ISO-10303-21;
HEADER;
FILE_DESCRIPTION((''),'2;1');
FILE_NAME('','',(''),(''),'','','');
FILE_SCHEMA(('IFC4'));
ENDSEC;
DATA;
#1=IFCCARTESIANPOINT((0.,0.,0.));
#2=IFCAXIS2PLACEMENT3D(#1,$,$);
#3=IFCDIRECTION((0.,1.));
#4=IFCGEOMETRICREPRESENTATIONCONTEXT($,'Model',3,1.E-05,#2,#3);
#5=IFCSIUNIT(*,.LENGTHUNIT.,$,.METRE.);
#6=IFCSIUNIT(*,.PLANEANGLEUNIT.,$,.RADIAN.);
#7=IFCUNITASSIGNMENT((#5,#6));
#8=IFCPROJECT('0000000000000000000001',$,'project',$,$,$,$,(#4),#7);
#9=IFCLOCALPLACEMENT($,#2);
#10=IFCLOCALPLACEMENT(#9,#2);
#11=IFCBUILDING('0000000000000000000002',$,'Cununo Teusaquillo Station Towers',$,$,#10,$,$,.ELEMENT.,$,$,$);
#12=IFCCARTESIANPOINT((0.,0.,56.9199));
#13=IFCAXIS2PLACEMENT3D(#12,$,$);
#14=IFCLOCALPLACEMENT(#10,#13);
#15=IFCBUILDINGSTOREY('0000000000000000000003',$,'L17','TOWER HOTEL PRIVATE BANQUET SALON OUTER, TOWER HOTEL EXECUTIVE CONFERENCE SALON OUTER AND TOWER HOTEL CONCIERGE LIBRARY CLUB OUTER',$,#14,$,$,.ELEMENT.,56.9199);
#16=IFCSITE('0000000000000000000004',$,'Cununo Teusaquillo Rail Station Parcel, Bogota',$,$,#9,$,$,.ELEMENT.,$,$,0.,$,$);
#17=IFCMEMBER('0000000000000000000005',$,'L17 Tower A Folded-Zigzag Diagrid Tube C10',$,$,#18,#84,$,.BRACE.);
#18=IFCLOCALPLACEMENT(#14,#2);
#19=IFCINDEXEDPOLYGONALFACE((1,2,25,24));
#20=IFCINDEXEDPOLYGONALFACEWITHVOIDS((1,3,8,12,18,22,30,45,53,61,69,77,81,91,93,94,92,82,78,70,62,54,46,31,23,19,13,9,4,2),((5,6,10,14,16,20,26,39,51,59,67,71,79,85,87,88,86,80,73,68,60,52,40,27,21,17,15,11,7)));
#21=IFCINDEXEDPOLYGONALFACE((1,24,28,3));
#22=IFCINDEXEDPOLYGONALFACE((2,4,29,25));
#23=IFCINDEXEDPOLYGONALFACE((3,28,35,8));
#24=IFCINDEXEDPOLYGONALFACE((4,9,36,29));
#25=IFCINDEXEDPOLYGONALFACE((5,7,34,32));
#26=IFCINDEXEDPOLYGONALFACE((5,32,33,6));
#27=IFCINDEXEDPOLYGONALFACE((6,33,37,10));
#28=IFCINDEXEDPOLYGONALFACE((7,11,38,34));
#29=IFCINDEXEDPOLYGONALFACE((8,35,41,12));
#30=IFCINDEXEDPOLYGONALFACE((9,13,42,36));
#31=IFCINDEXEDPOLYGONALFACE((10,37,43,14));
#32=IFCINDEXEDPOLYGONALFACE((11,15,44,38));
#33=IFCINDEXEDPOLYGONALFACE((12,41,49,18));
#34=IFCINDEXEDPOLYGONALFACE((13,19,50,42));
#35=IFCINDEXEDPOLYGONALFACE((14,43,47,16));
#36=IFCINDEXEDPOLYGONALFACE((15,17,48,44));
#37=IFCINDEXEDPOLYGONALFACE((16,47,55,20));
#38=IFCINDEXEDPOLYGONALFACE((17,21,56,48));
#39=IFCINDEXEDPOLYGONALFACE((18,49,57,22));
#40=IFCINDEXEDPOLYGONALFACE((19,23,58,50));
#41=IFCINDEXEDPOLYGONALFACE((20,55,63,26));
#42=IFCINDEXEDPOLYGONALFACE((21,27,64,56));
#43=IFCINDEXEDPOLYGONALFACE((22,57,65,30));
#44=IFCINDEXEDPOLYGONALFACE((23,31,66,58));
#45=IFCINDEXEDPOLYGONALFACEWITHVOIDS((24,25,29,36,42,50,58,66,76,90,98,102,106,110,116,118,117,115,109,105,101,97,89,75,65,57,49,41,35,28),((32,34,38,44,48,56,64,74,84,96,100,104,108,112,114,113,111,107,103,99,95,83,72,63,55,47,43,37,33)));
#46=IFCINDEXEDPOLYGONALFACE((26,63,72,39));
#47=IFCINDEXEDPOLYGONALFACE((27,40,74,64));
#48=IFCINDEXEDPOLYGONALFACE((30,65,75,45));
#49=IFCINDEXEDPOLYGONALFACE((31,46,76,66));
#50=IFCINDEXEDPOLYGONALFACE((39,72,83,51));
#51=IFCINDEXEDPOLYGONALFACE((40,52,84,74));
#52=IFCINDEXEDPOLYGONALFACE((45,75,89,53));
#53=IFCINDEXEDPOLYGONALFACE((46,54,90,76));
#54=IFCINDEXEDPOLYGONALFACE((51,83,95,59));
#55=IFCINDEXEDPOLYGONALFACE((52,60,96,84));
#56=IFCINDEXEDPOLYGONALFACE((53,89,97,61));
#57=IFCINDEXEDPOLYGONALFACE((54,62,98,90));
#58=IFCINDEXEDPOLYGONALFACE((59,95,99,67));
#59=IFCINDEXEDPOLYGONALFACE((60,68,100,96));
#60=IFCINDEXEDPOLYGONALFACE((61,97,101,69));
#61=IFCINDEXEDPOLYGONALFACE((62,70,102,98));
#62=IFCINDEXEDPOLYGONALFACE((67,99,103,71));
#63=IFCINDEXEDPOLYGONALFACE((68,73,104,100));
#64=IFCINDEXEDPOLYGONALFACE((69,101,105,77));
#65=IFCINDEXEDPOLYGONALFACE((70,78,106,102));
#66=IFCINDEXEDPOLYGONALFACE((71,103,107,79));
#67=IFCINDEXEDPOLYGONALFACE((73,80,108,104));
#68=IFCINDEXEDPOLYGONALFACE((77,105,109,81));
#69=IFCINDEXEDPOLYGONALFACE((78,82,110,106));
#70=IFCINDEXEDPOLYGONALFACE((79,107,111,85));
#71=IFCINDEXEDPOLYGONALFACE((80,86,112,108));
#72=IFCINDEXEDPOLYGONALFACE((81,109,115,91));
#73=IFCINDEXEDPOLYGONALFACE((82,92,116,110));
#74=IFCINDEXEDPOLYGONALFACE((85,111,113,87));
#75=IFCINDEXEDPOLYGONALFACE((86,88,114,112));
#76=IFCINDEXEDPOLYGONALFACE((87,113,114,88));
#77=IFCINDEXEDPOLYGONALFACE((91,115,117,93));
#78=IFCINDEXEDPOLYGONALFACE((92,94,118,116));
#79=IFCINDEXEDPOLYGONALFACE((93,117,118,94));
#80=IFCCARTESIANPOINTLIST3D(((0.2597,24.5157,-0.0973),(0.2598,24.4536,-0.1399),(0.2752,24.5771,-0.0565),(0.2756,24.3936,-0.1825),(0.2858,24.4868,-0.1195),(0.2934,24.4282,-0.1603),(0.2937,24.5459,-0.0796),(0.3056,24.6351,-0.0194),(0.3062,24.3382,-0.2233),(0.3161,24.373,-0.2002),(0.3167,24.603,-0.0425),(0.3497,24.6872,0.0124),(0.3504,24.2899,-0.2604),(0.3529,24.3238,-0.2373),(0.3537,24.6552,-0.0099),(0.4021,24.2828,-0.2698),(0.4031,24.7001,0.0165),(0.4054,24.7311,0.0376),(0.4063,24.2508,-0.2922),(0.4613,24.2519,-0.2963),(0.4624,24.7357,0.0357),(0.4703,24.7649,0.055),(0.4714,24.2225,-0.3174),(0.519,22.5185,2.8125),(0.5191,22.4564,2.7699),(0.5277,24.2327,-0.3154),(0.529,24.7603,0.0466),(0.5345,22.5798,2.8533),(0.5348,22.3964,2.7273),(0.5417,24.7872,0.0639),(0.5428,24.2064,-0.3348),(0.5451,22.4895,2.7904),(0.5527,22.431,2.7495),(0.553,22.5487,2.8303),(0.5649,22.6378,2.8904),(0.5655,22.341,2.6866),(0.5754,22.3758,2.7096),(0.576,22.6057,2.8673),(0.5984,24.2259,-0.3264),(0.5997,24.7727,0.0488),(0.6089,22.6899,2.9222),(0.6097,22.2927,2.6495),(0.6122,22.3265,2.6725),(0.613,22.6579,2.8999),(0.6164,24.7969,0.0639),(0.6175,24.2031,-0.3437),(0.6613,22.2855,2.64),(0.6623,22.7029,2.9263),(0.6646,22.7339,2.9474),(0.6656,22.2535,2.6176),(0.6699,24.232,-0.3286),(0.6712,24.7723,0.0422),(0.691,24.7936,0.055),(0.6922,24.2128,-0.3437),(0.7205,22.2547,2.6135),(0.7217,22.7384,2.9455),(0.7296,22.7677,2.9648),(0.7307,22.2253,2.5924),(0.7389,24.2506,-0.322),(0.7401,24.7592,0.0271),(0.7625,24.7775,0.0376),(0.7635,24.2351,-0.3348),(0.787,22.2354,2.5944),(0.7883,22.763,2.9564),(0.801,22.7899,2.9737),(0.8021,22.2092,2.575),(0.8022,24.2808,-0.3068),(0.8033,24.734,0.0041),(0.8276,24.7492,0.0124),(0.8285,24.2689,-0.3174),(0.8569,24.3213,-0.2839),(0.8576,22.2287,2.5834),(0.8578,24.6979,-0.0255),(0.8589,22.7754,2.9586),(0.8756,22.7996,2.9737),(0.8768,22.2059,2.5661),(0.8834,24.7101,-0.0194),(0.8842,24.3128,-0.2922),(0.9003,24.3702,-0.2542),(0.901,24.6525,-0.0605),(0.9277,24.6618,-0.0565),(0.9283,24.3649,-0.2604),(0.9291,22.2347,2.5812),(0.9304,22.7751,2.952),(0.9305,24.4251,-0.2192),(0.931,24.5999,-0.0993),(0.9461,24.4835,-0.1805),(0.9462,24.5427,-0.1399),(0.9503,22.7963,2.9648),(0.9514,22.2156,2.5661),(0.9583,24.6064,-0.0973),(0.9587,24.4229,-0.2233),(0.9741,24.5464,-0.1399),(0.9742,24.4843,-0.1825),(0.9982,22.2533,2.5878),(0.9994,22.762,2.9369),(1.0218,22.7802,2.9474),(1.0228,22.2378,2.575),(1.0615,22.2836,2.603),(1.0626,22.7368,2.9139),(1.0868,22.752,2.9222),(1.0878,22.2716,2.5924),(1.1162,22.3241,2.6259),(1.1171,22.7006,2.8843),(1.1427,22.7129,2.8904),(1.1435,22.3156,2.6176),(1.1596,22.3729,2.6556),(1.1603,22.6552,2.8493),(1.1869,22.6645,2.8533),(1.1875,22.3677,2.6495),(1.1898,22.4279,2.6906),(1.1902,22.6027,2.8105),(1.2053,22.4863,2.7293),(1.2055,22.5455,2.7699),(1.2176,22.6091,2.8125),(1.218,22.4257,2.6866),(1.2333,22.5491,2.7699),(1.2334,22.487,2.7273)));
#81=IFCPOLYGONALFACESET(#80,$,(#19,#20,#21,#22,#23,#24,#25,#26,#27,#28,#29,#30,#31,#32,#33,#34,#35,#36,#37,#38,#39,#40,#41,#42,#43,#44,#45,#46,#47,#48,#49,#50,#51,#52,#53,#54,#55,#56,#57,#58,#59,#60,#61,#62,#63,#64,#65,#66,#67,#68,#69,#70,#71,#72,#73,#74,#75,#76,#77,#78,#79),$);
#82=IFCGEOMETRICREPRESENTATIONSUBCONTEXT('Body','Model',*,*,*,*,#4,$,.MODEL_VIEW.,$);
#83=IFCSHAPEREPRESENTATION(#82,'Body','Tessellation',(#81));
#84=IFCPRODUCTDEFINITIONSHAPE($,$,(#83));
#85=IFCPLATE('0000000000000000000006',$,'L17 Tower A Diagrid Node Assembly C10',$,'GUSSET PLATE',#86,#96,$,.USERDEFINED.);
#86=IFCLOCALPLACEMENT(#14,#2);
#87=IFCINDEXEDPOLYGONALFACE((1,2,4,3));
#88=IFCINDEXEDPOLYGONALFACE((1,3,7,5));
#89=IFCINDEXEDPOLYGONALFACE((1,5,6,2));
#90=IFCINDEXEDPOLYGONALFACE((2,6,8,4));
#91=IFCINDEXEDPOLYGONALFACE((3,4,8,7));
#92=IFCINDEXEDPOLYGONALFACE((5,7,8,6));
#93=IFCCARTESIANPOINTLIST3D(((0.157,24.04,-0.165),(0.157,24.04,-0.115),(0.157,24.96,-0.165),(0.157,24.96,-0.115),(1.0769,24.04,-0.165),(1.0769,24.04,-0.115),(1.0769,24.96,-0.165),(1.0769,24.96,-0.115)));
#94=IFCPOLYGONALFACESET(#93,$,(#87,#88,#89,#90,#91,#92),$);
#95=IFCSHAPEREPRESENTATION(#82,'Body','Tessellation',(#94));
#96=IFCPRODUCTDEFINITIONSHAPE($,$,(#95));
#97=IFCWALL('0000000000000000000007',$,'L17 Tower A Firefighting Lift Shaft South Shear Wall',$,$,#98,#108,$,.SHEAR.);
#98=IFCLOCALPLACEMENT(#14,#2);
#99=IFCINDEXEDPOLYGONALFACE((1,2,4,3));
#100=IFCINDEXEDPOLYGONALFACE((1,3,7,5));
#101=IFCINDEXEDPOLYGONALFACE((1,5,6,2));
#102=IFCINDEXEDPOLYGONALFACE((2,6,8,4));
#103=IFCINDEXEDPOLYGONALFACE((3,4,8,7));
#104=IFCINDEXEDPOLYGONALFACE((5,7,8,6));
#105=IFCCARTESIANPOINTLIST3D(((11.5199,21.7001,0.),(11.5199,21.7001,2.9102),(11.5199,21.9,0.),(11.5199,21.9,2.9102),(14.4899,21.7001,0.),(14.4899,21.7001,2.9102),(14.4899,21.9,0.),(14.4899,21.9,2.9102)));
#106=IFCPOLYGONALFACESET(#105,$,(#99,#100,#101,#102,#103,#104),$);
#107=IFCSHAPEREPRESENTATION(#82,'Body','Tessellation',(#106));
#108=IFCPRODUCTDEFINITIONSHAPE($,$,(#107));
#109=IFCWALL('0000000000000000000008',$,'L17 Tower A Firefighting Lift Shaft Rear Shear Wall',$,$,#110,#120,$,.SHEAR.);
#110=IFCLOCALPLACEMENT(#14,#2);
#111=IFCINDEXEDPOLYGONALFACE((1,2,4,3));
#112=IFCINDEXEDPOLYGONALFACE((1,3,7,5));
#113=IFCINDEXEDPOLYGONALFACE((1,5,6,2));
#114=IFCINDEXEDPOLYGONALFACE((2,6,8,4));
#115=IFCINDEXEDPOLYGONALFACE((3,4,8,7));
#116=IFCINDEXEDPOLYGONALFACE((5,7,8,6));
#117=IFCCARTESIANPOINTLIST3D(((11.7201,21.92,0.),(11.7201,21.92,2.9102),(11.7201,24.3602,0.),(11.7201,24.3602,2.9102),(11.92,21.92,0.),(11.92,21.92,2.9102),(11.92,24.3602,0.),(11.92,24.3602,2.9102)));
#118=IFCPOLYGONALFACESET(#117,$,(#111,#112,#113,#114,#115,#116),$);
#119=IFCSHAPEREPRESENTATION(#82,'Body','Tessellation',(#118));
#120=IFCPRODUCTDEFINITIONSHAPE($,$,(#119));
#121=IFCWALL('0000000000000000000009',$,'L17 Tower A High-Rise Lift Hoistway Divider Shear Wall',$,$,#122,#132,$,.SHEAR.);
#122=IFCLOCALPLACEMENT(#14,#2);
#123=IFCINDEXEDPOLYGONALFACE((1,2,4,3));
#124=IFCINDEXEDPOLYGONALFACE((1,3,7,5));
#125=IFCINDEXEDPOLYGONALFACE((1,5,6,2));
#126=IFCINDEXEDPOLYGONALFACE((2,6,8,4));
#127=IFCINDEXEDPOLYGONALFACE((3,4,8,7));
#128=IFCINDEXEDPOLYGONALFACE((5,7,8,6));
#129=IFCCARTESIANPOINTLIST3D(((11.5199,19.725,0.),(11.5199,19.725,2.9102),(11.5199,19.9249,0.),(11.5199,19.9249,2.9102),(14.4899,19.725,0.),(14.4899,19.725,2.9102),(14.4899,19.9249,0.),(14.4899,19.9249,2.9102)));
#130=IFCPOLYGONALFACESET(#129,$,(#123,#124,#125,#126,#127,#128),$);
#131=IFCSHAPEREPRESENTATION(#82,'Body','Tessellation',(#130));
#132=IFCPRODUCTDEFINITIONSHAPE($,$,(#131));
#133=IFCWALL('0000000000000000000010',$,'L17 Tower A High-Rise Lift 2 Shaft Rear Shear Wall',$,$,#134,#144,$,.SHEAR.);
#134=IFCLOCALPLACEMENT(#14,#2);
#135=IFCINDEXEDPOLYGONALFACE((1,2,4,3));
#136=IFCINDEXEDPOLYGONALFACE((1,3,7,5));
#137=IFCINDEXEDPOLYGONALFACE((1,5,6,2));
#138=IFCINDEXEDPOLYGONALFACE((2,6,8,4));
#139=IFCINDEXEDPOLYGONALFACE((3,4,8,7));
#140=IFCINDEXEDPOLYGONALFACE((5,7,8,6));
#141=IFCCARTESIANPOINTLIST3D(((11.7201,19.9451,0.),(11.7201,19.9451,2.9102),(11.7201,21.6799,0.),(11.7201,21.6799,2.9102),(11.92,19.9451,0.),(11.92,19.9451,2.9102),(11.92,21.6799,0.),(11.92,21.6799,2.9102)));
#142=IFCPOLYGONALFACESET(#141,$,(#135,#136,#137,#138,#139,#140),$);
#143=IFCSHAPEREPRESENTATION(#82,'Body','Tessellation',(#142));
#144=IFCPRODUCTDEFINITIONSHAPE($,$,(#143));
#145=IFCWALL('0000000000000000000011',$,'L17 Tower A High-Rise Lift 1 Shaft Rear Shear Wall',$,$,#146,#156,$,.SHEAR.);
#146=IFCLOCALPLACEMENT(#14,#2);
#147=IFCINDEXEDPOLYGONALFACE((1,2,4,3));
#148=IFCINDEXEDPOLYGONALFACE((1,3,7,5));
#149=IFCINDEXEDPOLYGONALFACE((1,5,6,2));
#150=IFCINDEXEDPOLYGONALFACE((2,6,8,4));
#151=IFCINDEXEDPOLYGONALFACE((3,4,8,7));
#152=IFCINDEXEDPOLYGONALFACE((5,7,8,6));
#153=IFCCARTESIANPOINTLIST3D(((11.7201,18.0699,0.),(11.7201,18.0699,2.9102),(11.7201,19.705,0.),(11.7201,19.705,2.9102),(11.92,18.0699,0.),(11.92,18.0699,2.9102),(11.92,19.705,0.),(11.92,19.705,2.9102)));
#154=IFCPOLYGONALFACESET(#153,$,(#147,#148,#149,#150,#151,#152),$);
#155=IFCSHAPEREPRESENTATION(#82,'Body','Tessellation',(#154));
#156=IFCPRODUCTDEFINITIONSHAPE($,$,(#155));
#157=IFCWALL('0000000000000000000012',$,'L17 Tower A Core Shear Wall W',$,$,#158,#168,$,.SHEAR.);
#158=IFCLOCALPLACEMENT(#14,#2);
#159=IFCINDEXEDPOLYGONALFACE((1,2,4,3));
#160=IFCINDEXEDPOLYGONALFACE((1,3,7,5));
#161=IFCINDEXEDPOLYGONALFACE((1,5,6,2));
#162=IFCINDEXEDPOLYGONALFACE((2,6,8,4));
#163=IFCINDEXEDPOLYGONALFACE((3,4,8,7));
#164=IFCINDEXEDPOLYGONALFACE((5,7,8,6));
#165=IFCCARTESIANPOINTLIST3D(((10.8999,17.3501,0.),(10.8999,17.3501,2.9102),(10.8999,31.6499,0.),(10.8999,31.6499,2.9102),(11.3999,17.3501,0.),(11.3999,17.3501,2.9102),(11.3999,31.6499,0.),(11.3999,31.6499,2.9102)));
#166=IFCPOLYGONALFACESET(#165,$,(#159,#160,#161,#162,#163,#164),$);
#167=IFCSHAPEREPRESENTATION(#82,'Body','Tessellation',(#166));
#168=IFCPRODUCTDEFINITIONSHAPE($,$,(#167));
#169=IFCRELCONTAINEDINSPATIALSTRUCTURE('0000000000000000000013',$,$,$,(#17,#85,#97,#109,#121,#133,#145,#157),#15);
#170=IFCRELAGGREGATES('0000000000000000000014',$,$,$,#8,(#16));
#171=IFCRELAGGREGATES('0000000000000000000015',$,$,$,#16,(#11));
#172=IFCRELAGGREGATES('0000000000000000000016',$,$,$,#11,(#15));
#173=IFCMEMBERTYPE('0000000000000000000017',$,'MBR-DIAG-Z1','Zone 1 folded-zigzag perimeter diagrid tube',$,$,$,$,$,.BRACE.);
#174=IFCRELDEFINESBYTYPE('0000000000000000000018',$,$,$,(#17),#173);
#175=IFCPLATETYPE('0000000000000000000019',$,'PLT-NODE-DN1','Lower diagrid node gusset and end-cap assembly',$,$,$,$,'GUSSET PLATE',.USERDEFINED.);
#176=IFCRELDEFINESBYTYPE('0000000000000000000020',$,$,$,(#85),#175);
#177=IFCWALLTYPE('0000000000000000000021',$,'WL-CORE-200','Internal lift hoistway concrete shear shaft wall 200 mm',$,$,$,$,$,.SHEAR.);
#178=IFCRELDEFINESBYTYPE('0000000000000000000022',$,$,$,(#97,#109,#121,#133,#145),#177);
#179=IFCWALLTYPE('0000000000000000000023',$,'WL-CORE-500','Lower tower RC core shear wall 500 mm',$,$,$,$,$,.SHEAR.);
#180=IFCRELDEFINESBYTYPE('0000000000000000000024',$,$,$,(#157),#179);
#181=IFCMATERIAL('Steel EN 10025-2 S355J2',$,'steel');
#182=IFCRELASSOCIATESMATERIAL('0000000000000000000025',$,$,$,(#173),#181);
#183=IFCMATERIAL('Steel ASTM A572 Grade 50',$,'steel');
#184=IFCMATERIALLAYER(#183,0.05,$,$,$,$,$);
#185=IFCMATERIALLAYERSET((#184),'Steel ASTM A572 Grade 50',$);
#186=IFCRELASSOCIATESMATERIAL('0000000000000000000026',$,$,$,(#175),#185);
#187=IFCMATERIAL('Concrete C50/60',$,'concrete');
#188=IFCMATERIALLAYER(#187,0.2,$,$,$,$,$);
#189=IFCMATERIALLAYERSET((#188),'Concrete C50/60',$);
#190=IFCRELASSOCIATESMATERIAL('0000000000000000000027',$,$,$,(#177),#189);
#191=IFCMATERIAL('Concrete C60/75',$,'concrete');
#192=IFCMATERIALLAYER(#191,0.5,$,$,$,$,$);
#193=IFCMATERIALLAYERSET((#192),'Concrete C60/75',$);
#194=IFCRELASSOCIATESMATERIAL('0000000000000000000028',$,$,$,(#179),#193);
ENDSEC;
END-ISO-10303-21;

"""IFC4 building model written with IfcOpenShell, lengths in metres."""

from ifc_helpers import new_model, si_unit, direction, frame, frame_2d, origin, origin_2d, place, context, subcontext, project, spatial, rectangle, hollow_circle, extrude, source, transform, mapped, material, layer, layer_set, material_profile, profile_set, type_object, element, save


model = new_model("IFC4")

# Units and contexts
model_context = context("Model", 3, precision=1e-05, world=origin(), true_north=direction((0.0, 1.0)))
body_context = subcontext(model_context, "Body", "Model", "MODEL_VIEW")
ifc_project = project(units=[si_unit("LENGTHUNIT", "METRE"), si_unit("PLANEANGLEUNIT", "RADIAN")], contexts=[model_context])

# Site, building, storey
site_placement = place(None, origin())
site = spatial("IfcSite", under=ifc_project, at=site_placement, Name="Cununo Teusaquillo Rail Station Parcel, Bogota", CompositionType="ELEMENT", RefElevation=0.0)
building_placement = place(site_placement, origin())
building = spatial("IfcBuilding", under=site, at=building_placement, Name="Cununo Teusaquillo Station Towers", CompositionType="ELEMENT")
storey_placement = place(building_placement, frame((0.0, 0.0, 56.9199)))
storey = spatial("IfcBuildingStorey", under=building, at=storey_placement, Name="L17", Description="TOWER HOTEL PRIVATE BANQUET SALON OUTER, TOWER HOTEL EXECUTIVE CONFERENCE SALON OUTER AND TOWER HOTEL CONCIERGE LIBRARY CLUB OUTER", CompositionType="ELEMENT", Elevation=56.9199)

# Member
ifc_material_1 = material(Name="Steel EN 10025-2 S355J2", Category="steel")
ifc_material_profile_1 = material_profile(ifc_material_1, hollow_circle(Radius=0.3601, WallThickness=0.0281, at=origin_2d()), Name="CHS 720x28")
ifc_profile_set_1 = profile_set([ifc_material_profile_1], Name="Steel EN 10025-2 S355J2")
member_type = type_object("IfcMemberType", Name="MBR-DIAG-Z1", Description="Zone 1 folded-zigzag perimeter diagrid tube", PredefinedType="BRACE", material=ifc_profile_set_1)
member_placement = place(storey_placement, frame((0.6169, 24.5, -0.1399), z_axis=(0.073264, -0.564383, 0.822256), x_axis=(0.991679, 0.128733, 0.0)))
element("IfcMember", 1, at=member_placement, inside=storey, type_object=member_type, Name="L17 Tower A Folded-Zigzag Diagrid Tube C10", PredefinedType="BRACE", context=body_context, shape_type="SweptSolid", body=[
    extrude(hollow_circle(Radius=0.3601, WallThickness=0.0281, at=origin_2d()), origin(), (0.0, 0.0, 1.0), 3.5388),
])

# Plate
ifc_material_2 = material(Name="Steel ASTM A572 Grade 50", Category="steel")
ifc_layer_1 = layer(ifc_material_2, 0.05)
ifc_layer_set_1 = layer_set([ifc_layer_1], Name="Steel ASTM A572 Grade 50")
plate_type = type_object("IfcPlateType", Name="PLT-NODE-DN1", Description="Lower diagrid node gusset and end-cap assembly", ElementType="GUSSET PLATE", PredefinedType="USERDEFINED", material=ifc_layer_set_1)
shared_shape_1 = source(origin(), body_context, "Body", "SweptSolid", [
    extrude(rectangle(XDim=0.9199, YDim=0.9199, at=origin_2d()), origin(), (0.0, 0.0, 1.0), 0.05),
])
plate_placement = place(storey_placement, frame((0.6169, 24.5, -0.165), z_axis=(0.0, 0.0, 1.0), x_axis=(1.0, 0.0, 0.0)))
element("IfcPlate", 2, at=plate_placement, inside=storey, type_object=plate_type, Name="L17 Tower A Diagrid Node Assembly C10", ObjectType="GUSSET PLATE", PredefinedType="USERDEFINED", context=body_context, shape_type="MappedRepresentation", body=[
    mapped(shared_shape_1, transform((0.0, 0.0, 0.0), x_axis=(1.0, 0.0, 0.0), y_axis=(0.0, 1.0, 0.0), z_axis=(0.0, 0.0, 1.0), scale=1.0)),
])

# Walls
ifc_material_3 = material(Name="Concrete C50/60", Category="concrete")
ifc_layer_2 = layer(ifc_material_3, 0.2)
ifc_layer_set_2 = layer_set([ifc_layer_2], Name="Concrete C50/60")
wall_type_1 = type_object("IfcWallType", Name="WL-CORE-200", Description="Internal lift hoistway concrete shear shaft wall 200 mm", PredefinedType="SHEAR", material=ifc_layer_set_2)
wall_1_placement = place(storey_placement, frame((11.52, 21.8, 0.0), z_axis=(0.0, 0.0, 1.0), x_axis=(1.0, 0.0, 0.0)))
element("IfcWall", 3, at=wall_1_placement, inside=storey, type_object=wall_type_1, Name="L17 Tower A Firefighting Lift Shaft South Shear Wall", PredefinedType="SHEAR", context=body_context, shape_type="SweptSolid", body=[
    extrude(rectangle(XDim=2.97, YDim=0.2, at=frame_2d((1.4849, 0.0))), origin(), (0.0, 0.0, 1.0), 2.9102),
])
wall_2_placement = place(storey_placement, frame((11.8201, 21.9199, 0.0), z_axis=(0.0, 0.0, 1.0), x_axis=(0.0, 1.0, 0.0)))
element("IfcWall", 4, at=wall_2_placement, inside=storey, type_object=wall_type_1, Name="L17 Tower A Firefighting Lift Shaft Rear Shear Wall", PredefinedType="SHEAR", context=body_context, shape_type="SweptSolid", body=[
    extrude(rectangle(XDim=2.4402, YDim=0.2, at=frame_2d((1.2202, 0.0))), origin(), (0.0, 0.0, 1.0), 2.9102),
])
wall_3_placement = place(storey_placement, frame((11.52, 19.825, 0.0), z_axis=(0.0, 0.0, 1.0), x_axis=(1.0, 0.0, 0.0)))
element("IfcWall", 5, at=wall_3_placement, inside=storey, type_object=wall_type_1, Name="L17 Tower A High-Rise Lift Hoistway Divider Shear Wall", PredefinedType="SHEAR", context=body_context, shape_type="SweptSolid", body=[
    extrude(rectangle(XDim=2.97, YDim=0.2, at=frame_2d((1.4849, 0.0))), origin(), (0.0, 0.0, 1.0), 2.9102),
])
wall_4_placement = place(storey_placement, frame((11.8201, 19.9451, 0.0), z_axis=(0.0, 0.0, 1.0), x_axis=(0.0, 1.0, 0.0)))
element("IfcWall", 6, at=wall_4_placement, inside=storey, type_object=wall_type_1, Name="L17 Tower A High-Rise Lift 2 Shaft Rear Shear Wall", PredefinedType="SHEAR", context=body_context, shape_type="SweptSolid", body=[
    extrude(rectangle(XDim=1.7349, YDim=0.2, at=frame_2d((0.8674, 0.0))), origin(), (0.0, 0.0, 1.0), 2.9102),
])
wall_5_placement = place(storey_placement, frame((11.8201, 18.0701, 0.0), z_axis=(0.0, 0.0, 1.0), x_axis=(0.0, 1.0, 0.0)))
element("IfcWall", 7, at=wall_5_placement, inside=storey, type_object=wall_type_1, Name="L17 Tower A High-Rise Lift 1 Shaft Rear Shear Wall", PredefinedType="SHEAR", context=body_context, shape_type="SweptSolid", body=[
    extrude(rectangle(XDim=1.635, YDim=0.2, at=frame_2d((0.8174, 0.0))), origin(), (0.0, 0.0, 1.0), 2.9102),
])
ifc_material_4 = material(Name="Concrete C60/75", Category="concrete")
ifc_layer_3 = layer(ifc_material_4, 0.5)
ifc_layer_set_3 = layer_set([ifc_layer_3], Name="Concrete C60/75")
wall_type_2 = type_object("IfcWallType", Name="WL-CORE-500", Description="Lower tower RC core shear wall 500 mm", PredefinedType="SHEAR", material=ifc_layer_set_3)
wall_6_placement = place(storey_placement, frame((11.1499, 17.3501, 0.0), z_axis=(0.0, 0.0, 1.0), x_axis=(0.0, 1.0, 0.0)))
element("IfcWall", 8, at=wall_6_placement, inside=storey, type_object=wall_type_2, Name="L17 Tower A Core Shear Wall W", PredefinedType="SHEAR", context=body_context, shape_type="SweptSolid", body=[
    extrude(rectangle(XDim=14.2998, YDim=0.5, at=frame_2d((7.1499, 0.0))), origin(), (0.0, 0.0, 1.0), 2.9102),
])

save(model, "model.ifc")
